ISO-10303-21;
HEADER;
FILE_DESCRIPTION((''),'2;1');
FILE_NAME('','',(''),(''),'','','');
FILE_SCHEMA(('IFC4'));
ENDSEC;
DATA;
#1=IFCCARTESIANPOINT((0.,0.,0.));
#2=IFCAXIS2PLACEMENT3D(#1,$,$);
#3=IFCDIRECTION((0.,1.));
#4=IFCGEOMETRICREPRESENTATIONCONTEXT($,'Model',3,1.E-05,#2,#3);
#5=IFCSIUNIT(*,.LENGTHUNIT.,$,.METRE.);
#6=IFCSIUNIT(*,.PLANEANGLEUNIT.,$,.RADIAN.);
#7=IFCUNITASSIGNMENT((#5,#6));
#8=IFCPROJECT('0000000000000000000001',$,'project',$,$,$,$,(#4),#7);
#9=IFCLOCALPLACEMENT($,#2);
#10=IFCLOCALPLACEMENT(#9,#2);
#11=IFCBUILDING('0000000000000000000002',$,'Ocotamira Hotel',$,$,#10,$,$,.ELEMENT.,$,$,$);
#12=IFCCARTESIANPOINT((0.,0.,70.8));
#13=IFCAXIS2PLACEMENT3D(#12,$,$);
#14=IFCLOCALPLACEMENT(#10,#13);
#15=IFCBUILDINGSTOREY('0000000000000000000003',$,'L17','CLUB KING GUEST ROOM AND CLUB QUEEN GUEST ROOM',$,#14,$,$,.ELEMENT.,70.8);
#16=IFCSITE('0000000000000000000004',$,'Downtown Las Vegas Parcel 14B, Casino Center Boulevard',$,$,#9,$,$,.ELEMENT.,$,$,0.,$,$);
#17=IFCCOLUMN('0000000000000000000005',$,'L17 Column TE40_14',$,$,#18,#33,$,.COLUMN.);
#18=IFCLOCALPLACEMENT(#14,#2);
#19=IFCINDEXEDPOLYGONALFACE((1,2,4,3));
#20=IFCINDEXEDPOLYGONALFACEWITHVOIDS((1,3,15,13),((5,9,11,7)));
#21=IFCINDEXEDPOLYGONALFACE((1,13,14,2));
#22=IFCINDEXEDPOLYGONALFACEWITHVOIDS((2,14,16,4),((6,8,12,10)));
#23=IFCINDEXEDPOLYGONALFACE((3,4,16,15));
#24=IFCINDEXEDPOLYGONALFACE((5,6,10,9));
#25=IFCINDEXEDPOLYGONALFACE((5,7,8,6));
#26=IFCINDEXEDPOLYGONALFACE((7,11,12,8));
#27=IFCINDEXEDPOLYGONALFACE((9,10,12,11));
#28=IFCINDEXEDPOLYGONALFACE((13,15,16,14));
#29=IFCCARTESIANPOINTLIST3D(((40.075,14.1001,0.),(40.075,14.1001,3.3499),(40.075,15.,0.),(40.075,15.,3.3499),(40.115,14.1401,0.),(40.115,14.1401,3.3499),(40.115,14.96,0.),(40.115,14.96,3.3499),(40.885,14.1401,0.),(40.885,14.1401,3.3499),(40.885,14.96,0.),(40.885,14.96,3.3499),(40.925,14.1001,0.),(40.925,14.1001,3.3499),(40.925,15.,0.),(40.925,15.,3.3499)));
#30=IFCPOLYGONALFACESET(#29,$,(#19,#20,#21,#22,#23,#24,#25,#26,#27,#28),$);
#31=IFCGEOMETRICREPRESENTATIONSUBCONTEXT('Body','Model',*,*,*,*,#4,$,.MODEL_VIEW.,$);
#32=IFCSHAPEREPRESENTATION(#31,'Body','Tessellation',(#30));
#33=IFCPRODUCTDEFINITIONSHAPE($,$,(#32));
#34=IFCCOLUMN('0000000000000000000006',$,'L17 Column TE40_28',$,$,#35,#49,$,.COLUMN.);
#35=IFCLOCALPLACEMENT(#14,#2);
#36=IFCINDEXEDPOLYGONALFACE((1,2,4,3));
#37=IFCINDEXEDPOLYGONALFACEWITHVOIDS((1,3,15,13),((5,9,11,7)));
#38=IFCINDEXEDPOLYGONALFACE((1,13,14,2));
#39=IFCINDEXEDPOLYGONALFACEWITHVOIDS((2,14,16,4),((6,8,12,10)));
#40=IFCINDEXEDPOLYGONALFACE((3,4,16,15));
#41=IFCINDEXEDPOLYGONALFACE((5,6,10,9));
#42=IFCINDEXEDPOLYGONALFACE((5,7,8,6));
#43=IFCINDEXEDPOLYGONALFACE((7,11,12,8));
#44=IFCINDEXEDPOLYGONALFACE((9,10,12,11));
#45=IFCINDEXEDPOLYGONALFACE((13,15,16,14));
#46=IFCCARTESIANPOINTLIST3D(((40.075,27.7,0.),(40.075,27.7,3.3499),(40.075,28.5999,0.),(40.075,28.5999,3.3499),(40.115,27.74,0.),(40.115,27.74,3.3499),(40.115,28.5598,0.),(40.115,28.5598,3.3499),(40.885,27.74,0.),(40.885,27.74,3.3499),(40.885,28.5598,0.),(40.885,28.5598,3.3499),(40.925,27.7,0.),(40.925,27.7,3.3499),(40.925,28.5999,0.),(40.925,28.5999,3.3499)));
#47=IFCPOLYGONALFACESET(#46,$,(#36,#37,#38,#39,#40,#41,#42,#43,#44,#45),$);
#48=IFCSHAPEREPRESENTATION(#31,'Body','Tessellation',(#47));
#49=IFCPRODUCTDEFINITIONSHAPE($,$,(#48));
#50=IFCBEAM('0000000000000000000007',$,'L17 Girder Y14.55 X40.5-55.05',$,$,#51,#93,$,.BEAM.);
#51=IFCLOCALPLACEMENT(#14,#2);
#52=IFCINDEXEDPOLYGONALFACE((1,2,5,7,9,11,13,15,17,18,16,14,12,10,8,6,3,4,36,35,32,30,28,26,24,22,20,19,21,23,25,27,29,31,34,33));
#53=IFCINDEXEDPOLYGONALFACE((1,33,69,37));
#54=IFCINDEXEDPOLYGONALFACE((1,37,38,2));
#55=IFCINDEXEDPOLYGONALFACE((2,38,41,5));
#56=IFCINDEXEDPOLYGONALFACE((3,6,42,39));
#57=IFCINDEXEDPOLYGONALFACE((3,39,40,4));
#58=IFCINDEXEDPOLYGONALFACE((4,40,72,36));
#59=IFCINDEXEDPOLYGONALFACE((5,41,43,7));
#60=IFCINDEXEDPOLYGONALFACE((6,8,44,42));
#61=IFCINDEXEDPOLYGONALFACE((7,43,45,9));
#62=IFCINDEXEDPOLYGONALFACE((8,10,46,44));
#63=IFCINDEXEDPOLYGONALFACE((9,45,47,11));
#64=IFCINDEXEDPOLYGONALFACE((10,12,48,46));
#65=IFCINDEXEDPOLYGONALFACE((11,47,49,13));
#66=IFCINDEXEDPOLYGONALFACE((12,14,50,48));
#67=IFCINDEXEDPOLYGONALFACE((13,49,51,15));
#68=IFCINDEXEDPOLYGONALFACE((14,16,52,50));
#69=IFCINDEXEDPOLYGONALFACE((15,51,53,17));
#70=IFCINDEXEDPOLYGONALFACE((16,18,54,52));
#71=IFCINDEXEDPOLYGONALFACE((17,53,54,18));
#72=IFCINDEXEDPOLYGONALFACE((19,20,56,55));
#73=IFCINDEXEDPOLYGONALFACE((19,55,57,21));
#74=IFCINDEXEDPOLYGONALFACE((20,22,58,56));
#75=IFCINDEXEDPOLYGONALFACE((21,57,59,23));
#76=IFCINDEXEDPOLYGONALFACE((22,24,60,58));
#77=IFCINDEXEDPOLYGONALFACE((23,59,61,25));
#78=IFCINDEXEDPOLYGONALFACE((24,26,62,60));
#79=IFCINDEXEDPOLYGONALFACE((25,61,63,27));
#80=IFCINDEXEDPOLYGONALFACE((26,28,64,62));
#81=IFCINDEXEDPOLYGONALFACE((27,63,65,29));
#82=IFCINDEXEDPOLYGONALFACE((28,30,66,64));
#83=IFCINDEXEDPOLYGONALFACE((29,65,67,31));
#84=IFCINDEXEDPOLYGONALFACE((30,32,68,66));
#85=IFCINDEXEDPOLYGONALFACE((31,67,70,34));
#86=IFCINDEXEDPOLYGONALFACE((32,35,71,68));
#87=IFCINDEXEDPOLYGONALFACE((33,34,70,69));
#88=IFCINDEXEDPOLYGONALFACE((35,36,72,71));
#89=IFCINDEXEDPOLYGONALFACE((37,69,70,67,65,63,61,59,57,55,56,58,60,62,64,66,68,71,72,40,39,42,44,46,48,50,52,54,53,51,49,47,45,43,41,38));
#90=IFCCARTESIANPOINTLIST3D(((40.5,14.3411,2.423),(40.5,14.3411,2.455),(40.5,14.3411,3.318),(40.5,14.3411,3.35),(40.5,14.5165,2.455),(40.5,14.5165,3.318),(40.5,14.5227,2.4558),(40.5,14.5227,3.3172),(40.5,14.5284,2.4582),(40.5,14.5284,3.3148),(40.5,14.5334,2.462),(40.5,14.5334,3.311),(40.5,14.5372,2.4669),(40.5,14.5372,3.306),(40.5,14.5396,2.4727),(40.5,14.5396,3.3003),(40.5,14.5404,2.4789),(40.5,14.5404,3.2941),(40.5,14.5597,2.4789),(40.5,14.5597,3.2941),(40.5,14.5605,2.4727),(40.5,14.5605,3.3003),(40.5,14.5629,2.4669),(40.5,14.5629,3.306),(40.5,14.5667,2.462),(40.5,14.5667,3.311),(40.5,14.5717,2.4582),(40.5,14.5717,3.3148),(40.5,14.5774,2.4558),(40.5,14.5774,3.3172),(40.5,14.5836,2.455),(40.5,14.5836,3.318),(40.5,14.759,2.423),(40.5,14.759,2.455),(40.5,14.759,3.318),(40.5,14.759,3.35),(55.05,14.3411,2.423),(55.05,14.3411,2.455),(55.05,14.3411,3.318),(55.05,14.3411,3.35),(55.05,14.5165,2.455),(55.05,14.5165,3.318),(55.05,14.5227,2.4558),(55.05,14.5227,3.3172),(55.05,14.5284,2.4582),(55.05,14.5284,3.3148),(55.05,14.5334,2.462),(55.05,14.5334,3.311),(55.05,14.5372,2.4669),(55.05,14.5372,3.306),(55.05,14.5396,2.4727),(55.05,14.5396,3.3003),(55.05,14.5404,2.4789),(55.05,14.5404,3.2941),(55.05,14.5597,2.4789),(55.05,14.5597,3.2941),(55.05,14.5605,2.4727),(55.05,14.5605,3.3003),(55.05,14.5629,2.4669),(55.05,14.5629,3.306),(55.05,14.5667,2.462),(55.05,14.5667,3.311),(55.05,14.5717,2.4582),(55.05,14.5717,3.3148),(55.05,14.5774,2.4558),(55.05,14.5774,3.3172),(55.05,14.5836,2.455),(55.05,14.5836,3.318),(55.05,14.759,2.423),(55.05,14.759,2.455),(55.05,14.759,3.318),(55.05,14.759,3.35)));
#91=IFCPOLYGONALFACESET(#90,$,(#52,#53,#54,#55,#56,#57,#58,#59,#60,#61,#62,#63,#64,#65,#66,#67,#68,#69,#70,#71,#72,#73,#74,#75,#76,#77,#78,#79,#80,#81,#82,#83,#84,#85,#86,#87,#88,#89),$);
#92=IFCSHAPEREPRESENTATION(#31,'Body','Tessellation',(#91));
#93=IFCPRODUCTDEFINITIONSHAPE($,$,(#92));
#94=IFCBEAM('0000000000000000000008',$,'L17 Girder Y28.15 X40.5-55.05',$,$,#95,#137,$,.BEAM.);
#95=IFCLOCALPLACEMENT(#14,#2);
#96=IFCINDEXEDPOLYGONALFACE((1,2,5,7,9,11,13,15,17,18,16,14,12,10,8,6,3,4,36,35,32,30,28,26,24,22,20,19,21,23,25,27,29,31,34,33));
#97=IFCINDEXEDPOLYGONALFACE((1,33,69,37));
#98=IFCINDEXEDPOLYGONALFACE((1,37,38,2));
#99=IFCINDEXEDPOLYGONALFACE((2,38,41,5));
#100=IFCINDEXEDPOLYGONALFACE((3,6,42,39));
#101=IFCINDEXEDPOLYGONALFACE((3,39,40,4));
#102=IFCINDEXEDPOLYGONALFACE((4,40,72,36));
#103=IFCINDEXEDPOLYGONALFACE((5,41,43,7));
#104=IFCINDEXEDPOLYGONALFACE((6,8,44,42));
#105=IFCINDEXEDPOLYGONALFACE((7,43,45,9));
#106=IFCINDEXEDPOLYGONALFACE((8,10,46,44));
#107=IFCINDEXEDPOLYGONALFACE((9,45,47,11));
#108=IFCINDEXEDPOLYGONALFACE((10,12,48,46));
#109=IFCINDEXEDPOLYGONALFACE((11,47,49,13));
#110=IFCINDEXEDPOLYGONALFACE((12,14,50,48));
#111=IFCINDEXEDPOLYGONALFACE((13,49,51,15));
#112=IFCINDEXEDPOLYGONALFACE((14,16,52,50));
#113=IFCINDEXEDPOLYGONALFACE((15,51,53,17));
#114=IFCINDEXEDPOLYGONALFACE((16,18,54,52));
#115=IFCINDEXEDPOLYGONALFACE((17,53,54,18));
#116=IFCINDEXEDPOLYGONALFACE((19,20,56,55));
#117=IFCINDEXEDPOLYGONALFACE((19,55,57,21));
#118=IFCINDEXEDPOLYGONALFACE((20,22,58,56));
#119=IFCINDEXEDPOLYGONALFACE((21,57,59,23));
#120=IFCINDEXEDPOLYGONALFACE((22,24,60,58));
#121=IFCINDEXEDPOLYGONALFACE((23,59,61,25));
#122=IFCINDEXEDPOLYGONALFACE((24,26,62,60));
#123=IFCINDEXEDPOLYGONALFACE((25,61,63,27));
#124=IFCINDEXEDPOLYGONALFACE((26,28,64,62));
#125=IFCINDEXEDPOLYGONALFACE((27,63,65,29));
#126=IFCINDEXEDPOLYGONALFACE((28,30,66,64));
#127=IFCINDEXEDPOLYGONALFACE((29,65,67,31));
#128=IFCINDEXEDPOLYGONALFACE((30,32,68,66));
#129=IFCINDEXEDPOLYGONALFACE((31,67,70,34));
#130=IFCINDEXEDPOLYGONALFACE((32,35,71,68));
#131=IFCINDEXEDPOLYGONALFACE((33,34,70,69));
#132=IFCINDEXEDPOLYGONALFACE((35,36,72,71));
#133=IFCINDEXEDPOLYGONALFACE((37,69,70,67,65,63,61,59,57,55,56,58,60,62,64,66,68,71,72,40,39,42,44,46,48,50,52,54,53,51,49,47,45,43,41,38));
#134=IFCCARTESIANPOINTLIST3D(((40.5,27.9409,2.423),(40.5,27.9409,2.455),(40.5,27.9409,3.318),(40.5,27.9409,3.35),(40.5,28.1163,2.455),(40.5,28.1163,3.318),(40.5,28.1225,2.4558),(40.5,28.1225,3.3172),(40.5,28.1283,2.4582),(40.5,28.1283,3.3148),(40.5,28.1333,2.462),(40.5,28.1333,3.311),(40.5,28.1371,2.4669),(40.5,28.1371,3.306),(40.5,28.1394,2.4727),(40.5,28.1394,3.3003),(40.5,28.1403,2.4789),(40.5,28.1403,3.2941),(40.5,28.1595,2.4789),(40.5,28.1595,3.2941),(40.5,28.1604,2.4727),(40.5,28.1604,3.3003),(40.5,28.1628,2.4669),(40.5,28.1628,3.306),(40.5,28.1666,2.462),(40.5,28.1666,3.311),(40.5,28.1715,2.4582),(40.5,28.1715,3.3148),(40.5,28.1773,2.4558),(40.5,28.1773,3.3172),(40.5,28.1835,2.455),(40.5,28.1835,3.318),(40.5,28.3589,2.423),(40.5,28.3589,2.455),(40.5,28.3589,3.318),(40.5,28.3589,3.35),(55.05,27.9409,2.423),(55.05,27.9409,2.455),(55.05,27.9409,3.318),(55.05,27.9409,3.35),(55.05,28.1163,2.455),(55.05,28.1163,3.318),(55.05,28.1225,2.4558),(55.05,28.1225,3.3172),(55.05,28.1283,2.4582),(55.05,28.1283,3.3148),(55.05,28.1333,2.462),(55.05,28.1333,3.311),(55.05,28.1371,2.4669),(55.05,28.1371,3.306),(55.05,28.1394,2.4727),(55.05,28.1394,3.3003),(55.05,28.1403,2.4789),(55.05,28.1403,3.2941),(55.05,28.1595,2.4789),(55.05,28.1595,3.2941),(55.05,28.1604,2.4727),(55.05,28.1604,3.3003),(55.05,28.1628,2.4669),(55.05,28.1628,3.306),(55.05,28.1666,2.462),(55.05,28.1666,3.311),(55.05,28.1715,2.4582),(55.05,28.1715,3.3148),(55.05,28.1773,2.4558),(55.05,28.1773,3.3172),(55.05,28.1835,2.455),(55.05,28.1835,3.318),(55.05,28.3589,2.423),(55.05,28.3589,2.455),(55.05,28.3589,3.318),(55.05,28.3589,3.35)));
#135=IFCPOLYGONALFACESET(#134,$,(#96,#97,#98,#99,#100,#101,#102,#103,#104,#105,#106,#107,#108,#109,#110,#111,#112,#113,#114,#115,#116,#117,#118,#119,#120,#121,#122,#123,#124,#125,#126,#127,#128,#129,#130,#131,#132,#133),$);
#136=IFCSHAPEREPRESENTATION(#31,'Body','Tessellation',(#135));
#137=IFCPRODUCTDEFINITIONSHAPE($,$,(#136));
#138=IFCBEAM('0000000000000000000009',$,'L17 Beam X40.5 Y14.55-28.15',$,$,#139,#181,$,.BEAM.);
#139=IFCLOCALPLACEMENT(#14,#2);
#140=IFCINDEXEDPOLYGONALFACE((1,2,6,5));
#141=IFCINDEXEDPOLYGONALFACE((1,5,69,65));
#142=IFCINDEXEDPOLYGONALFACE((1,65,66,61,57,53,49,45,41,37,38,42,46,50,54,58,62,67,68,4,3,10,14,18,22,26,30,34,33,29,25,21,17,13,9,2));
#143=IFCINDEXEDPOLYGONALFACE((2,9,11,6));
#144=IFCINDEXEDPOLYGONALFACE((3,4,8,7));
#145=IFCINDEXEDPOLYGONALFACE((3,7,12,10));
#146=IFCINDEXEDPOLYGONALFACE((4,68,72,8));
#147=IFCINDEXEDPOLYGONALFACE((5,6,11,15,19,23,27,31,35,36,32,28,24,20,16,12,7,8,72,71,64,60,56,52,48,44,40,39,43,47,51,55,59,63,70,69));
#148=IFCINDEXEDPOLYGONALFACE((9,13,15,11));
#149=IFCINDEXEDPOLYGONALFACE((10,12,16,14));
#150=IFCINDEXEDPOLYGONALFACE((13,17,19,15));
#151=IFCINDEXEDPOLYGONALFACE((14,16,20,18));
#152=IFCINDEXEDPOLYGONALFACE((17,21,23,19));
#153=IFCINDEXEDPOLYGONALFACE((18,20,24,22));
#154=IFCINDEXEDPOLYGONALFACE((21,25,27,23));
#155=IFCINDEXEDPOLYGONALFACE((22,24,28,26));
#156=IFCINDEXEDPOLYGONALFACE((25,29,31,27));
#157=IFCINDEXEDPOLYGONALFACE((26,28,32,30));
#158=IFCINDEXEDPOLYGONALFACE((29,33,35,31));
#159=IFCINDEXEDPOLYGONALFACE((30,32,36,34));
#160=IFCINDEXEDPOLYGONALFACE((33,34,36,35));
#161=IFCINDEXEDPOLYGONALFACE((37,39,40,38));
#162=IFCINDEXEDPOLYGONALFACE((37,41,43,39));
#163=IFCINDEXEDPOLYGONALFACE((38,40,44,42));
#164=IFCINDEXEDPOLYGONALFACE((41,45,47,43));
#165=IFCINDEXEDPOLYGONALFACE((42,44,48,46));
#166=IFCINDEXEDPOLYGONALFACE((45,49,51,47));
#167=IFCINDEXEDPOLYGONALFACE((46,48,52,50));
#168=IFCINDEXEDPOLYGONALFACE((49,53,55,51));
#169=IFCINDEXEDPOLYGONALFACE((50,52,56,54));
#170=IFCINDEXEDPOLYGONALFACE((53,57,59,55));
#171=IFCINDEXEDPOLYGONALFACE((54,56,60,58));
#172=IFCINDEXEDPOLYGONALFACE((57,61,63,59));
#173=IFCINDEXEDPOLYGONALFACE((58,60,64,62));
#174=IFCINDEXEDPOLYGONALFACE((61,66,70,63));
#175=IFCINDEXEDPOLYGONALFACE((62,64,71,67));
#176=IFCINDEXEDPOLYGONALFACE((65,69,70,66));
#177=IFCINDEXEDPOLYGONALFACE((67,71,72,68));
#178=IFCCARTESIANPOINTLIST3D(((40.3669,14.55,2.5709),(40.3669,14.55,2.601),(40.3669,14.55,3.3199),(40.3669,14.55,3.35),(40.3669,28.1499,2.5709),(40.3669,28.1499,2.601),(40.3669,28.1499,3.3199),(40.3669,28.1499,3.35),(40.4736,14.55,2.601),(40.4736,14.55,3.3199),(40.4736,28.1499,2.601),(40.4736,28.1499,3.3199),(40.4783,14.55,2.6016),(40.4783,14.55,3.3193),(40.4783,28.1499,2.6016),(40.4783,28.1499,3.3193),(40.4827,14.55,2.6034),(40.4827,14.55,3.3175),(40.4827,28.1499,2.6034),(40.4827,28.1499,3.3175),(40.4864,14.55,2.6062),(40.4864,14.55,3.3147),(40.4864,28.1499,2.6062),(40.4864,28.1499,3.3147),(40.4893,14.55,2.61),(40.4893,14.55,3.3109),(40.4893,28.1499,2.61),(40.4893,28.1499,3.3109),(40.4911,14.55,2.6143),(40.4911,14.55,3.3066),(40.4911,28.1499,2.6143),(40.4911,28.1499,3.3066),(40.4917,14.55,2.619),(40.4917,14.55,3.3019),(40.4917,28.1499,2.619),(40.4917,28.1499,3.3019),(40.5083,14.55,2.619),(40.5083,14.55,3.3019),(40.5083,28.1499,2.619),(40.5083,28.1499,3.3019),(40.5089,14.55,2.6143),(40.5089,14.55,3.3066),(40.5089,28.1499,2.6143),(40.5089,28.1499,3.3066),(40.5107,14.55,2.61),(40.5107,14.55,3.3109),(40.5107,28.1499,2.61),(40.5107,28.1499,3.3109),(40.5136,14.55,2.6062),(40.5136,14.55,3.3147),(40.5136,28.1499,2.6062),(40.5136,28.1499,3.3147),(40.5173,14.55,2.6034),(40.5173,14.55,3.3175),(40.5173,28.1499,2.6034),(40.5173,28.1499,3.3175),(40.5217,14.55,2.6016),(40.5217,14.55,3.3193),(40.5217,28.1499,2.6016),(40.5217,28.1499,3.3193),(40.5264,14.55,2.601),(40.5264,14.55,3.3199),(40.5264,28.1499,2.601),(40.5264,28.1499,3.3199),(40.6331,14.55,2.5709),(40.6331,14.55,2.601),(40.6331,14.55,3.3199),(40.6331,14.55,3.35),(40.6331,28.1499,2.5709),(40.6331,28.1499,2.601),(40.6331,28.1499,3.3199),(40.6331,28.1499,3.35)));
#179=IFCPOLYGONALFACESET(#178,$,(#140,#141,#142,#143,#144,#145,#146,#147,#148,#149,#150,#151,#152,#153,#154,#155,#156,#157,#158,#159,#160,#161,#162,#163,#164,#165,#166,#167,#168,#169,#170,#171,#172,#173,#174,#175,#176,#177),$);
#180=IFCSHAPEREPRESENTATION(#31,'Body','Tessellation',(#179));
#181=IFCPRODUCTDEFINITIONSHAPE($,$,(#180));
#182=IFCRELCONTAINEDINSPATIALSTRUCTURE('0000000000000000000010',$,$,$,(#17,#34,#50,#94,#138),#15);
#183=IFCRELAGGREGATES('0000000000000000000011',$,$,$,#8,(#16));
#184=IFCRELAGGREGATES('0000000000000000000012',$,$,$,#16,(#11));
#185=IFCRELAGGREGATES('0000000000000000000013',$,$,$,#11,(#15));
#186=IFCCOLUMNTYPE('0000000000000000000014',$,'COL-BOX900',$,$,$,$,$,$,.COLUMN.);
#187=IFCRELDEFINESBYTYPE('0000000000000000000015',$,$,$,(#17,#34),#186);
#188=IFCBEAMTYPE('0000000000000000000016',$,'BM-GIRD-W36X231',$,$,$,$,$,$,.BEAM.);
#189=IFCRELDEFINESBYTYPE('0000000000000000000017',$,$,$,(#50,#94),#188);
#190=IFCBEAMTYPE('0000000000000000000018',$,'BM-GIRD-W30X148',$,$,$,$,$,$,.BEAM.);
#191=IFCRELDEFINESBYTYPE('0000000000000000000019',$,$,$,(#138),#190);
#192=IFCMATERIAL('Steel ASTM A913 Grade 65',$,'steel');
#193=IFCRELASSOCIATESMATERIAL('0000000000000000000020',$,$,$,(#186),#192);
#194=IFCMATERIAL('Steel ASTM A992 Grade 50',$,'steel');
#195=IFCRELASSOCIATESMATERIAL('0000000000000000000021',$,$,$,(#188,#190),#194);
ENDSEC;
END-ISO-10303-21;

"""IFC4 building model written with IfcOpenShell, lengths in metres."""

from ifc_helpers import new_model, si_unit, direction, frame, origin, origin_2d, place, context, subcontext, project, spatial, hollow_rectangle, i_section, extrude, source, transform, mapped, material, material_profile, profile_set, type_object, element, save


model = new_model("IFC4")

# Units and contexts
model_context = context("Model", 3, precision=1e-05, world=origin(), true_north=direction((0.0, 1.0)))
body_context = subcontext(model_context, "Body", "Model", "MODEL_VIEW")
ifc_project = project(units=[si_unit("LENGTHUNIT", "METRE"), si_unit("PLANEANGLEUNIT", "RADIAN")], contexts=[model_context])

# Site, building, storey
site_placement = place(None, origin())
site = spatial("IfcSite", under=ifc_project, at=site_placement, Name="Downtown Las Vegas Parcel 14B, Casino Center Boulevard", CompositionType="ELEMENT", RefElevation=0.0)
building_placement = place(site_placement, origin())
building = spatial("IfcBuilding", under=site, at=building_placement, Name="Ocotamira Hotel", CompositionType="ELEMENT")
storey_placement = place(building_placement, frame((0.0, 0.0, 70.8)))
storey = spatial("IfcBuildingStorey", under=building, at=storey_placement, Name="L17", Description="CLUB KING GUEST ROOM AND CLUB QUEEN GUEST ROOM", CompositionType="ELEMENT", Elevation=70.8)

# Columns
ifc_material_1 = material(Name="Steel ASTM A913 Grade 65", Category="steel")
ifc_material_profile_1 = material_profile(ifc_material_1, hollow_rectangle(XDim=0.8501, YDim=0.8999, WallThickness=0.04, at=origin_2d()), Name="BOX900X850X40")
ifc_profile_set_1 = profile_set([ifc_material_profile_1], Name="Steel ASTM A913 Grade 65")
column_type = type_object("IfcColumnType", Name="COL-BOX900", PredefinedType="COLUMN", material=ifc_profile_set_1)
shared_shape_1 = source(origin(), body_context, "Body", "SweptSolid", [
    extrude(hollow_rectangle(XDim=0.8501, YDim=0.8999, WallThickness=0.04, at=origin_2d()), origin(), (0.0, 0.0, 1.0), 3.3499),
])
for number, where, z_axis, x_axis, name in (
    (1, (40.5, 14.55, 0.0), (0.0, 0.0, 1.0), (1.0, 0.0, 0.0), "L17 Column TE40_14"),
    (2, (40.5, 28.1499, 0.0), (0.0, 0.0, 1.0), (1.0, 0.0, 0.0), "L17 Column TE40_28"),
):
    element("IfcColumn", number, at=place(storey_placement, frame(where, z_axis=z_axis, x_axis=x_axis)), inside=storey, type_object=column_type, Name=name, PredefinedType="COLUMN", context=body_context, shape_type="MappedRepresentation", body=[
        mapped(shared_shape_1, transform((0.0, 0.0, 0.0), scale=1.0)),
    ])

# Beams
ifc_material_2 = material(Name="Steel ASTM A992 Grade 50", Category="steel")
ifc_material_profile_2 = material_profile(ifc_material_2, i_section(OverallWidth=0.418, OverallDepth=0.927, WebThickness=0.0193, FlangeThickness=0.032, FilletRadius=0.0239, at=origin_2d()), Name="W36X231")
ifc_profile_set_2 = profile_set([ifc_material_profile_2], Name="Steel ASTM A992 Grade 50")
beam_type_1 = type_object("IfcBeamType", Name="BM-GIRD-W36X231", PredefinedType="BEAM", material=ifc_profile_set_2)
shared_shape_2 = source(origin(), body_context, "Body", "SweptSolid", [
    extrude(i_section(OverallWidth=0.418, OverallDepth=0.927, WebThickness=0.0193, FlangeThickness=0.032, FilletRadius=0.0239, at=origin_2d()), origin(), (0.0, 0.0, 1.0), 14.55),
])
for number, where, z_axis, x_axis, name in (
    (3, (40.5, 14.55, 2.8865), (1.0, 0.0, 0.0), (0.0, 1.0, 0.0), "L17 Girder Y14.55 X40.5-55.05"),
    (4, (40.5, 28.1499, 2.8865), (1.0, 0.0, 0.0), (0.0, 1.0, 0.0), "L17 Girder Y28.15 X40.5-55.05"),
):
    element("IfcBeam", number, at=place(storey_placement, frame(where, z_axis=z_axis, x_axis=x_axis)), inside=storey, type_object=beam_type_1, Name=name, PredefinedType="BEAM", context=body_context, shape_type="MappedRepresentation", body=[
        mapped(shared_shape_2, transform((0.0, 0.0, 0.0), scale=1.0)),
    ])
ifc_material_profile_3 = material_profile(ifc_material_2, i_section(OverallWidth=0.2661, OverallDepth=0.7791, WebThickness=0.0166, FlangeThickness=0.03, FilletRadius=0.0181, at=origin_2d()), Name="W30X148")
ifc_profile_set_3 = profile_set([ifc_material_profile_3], Name="Steel ASTM A992 Grade 50")
beam_type_2 = type_object("IfcBeamType", Name="BM-GIRD-W30X148", PredefinedType="BEAM", material=ifc_profile_set_3)
shared_shape_3 = source(origin(), body_context, "Body", "SweptSolid", [
    extrude(i_section(OverallWidth=0.2661, OverallDepth=0.7791, WebThickness=0.0166, FlangeThickness=0.03, FilletRadius=0.0181, at=origin_2d()), origin(), (0.0, 0.0, 1.0), 13.5999),
])
beam_1_placement = place(storey_placement, frame((40.5, 14.55, 2.9604), z_axis=(0.0, 1.0, 0.0), x_axis=(-1.0, 0.0, 0.0)))
element("IfcBeam", 5, at=beam_1_placement, inside=storey, type_object=beam_type_2, Name="L17 Beam X40.5 Y14.55-28.15", PredefinedType="BEAM", context=body_context, shape_type="MappedRepresentation", body=[
    mapped(shared_shape_3, transform((0.0, 0.0, 0.0), scale=1.0)),
])

save(model, "model.ifc")
